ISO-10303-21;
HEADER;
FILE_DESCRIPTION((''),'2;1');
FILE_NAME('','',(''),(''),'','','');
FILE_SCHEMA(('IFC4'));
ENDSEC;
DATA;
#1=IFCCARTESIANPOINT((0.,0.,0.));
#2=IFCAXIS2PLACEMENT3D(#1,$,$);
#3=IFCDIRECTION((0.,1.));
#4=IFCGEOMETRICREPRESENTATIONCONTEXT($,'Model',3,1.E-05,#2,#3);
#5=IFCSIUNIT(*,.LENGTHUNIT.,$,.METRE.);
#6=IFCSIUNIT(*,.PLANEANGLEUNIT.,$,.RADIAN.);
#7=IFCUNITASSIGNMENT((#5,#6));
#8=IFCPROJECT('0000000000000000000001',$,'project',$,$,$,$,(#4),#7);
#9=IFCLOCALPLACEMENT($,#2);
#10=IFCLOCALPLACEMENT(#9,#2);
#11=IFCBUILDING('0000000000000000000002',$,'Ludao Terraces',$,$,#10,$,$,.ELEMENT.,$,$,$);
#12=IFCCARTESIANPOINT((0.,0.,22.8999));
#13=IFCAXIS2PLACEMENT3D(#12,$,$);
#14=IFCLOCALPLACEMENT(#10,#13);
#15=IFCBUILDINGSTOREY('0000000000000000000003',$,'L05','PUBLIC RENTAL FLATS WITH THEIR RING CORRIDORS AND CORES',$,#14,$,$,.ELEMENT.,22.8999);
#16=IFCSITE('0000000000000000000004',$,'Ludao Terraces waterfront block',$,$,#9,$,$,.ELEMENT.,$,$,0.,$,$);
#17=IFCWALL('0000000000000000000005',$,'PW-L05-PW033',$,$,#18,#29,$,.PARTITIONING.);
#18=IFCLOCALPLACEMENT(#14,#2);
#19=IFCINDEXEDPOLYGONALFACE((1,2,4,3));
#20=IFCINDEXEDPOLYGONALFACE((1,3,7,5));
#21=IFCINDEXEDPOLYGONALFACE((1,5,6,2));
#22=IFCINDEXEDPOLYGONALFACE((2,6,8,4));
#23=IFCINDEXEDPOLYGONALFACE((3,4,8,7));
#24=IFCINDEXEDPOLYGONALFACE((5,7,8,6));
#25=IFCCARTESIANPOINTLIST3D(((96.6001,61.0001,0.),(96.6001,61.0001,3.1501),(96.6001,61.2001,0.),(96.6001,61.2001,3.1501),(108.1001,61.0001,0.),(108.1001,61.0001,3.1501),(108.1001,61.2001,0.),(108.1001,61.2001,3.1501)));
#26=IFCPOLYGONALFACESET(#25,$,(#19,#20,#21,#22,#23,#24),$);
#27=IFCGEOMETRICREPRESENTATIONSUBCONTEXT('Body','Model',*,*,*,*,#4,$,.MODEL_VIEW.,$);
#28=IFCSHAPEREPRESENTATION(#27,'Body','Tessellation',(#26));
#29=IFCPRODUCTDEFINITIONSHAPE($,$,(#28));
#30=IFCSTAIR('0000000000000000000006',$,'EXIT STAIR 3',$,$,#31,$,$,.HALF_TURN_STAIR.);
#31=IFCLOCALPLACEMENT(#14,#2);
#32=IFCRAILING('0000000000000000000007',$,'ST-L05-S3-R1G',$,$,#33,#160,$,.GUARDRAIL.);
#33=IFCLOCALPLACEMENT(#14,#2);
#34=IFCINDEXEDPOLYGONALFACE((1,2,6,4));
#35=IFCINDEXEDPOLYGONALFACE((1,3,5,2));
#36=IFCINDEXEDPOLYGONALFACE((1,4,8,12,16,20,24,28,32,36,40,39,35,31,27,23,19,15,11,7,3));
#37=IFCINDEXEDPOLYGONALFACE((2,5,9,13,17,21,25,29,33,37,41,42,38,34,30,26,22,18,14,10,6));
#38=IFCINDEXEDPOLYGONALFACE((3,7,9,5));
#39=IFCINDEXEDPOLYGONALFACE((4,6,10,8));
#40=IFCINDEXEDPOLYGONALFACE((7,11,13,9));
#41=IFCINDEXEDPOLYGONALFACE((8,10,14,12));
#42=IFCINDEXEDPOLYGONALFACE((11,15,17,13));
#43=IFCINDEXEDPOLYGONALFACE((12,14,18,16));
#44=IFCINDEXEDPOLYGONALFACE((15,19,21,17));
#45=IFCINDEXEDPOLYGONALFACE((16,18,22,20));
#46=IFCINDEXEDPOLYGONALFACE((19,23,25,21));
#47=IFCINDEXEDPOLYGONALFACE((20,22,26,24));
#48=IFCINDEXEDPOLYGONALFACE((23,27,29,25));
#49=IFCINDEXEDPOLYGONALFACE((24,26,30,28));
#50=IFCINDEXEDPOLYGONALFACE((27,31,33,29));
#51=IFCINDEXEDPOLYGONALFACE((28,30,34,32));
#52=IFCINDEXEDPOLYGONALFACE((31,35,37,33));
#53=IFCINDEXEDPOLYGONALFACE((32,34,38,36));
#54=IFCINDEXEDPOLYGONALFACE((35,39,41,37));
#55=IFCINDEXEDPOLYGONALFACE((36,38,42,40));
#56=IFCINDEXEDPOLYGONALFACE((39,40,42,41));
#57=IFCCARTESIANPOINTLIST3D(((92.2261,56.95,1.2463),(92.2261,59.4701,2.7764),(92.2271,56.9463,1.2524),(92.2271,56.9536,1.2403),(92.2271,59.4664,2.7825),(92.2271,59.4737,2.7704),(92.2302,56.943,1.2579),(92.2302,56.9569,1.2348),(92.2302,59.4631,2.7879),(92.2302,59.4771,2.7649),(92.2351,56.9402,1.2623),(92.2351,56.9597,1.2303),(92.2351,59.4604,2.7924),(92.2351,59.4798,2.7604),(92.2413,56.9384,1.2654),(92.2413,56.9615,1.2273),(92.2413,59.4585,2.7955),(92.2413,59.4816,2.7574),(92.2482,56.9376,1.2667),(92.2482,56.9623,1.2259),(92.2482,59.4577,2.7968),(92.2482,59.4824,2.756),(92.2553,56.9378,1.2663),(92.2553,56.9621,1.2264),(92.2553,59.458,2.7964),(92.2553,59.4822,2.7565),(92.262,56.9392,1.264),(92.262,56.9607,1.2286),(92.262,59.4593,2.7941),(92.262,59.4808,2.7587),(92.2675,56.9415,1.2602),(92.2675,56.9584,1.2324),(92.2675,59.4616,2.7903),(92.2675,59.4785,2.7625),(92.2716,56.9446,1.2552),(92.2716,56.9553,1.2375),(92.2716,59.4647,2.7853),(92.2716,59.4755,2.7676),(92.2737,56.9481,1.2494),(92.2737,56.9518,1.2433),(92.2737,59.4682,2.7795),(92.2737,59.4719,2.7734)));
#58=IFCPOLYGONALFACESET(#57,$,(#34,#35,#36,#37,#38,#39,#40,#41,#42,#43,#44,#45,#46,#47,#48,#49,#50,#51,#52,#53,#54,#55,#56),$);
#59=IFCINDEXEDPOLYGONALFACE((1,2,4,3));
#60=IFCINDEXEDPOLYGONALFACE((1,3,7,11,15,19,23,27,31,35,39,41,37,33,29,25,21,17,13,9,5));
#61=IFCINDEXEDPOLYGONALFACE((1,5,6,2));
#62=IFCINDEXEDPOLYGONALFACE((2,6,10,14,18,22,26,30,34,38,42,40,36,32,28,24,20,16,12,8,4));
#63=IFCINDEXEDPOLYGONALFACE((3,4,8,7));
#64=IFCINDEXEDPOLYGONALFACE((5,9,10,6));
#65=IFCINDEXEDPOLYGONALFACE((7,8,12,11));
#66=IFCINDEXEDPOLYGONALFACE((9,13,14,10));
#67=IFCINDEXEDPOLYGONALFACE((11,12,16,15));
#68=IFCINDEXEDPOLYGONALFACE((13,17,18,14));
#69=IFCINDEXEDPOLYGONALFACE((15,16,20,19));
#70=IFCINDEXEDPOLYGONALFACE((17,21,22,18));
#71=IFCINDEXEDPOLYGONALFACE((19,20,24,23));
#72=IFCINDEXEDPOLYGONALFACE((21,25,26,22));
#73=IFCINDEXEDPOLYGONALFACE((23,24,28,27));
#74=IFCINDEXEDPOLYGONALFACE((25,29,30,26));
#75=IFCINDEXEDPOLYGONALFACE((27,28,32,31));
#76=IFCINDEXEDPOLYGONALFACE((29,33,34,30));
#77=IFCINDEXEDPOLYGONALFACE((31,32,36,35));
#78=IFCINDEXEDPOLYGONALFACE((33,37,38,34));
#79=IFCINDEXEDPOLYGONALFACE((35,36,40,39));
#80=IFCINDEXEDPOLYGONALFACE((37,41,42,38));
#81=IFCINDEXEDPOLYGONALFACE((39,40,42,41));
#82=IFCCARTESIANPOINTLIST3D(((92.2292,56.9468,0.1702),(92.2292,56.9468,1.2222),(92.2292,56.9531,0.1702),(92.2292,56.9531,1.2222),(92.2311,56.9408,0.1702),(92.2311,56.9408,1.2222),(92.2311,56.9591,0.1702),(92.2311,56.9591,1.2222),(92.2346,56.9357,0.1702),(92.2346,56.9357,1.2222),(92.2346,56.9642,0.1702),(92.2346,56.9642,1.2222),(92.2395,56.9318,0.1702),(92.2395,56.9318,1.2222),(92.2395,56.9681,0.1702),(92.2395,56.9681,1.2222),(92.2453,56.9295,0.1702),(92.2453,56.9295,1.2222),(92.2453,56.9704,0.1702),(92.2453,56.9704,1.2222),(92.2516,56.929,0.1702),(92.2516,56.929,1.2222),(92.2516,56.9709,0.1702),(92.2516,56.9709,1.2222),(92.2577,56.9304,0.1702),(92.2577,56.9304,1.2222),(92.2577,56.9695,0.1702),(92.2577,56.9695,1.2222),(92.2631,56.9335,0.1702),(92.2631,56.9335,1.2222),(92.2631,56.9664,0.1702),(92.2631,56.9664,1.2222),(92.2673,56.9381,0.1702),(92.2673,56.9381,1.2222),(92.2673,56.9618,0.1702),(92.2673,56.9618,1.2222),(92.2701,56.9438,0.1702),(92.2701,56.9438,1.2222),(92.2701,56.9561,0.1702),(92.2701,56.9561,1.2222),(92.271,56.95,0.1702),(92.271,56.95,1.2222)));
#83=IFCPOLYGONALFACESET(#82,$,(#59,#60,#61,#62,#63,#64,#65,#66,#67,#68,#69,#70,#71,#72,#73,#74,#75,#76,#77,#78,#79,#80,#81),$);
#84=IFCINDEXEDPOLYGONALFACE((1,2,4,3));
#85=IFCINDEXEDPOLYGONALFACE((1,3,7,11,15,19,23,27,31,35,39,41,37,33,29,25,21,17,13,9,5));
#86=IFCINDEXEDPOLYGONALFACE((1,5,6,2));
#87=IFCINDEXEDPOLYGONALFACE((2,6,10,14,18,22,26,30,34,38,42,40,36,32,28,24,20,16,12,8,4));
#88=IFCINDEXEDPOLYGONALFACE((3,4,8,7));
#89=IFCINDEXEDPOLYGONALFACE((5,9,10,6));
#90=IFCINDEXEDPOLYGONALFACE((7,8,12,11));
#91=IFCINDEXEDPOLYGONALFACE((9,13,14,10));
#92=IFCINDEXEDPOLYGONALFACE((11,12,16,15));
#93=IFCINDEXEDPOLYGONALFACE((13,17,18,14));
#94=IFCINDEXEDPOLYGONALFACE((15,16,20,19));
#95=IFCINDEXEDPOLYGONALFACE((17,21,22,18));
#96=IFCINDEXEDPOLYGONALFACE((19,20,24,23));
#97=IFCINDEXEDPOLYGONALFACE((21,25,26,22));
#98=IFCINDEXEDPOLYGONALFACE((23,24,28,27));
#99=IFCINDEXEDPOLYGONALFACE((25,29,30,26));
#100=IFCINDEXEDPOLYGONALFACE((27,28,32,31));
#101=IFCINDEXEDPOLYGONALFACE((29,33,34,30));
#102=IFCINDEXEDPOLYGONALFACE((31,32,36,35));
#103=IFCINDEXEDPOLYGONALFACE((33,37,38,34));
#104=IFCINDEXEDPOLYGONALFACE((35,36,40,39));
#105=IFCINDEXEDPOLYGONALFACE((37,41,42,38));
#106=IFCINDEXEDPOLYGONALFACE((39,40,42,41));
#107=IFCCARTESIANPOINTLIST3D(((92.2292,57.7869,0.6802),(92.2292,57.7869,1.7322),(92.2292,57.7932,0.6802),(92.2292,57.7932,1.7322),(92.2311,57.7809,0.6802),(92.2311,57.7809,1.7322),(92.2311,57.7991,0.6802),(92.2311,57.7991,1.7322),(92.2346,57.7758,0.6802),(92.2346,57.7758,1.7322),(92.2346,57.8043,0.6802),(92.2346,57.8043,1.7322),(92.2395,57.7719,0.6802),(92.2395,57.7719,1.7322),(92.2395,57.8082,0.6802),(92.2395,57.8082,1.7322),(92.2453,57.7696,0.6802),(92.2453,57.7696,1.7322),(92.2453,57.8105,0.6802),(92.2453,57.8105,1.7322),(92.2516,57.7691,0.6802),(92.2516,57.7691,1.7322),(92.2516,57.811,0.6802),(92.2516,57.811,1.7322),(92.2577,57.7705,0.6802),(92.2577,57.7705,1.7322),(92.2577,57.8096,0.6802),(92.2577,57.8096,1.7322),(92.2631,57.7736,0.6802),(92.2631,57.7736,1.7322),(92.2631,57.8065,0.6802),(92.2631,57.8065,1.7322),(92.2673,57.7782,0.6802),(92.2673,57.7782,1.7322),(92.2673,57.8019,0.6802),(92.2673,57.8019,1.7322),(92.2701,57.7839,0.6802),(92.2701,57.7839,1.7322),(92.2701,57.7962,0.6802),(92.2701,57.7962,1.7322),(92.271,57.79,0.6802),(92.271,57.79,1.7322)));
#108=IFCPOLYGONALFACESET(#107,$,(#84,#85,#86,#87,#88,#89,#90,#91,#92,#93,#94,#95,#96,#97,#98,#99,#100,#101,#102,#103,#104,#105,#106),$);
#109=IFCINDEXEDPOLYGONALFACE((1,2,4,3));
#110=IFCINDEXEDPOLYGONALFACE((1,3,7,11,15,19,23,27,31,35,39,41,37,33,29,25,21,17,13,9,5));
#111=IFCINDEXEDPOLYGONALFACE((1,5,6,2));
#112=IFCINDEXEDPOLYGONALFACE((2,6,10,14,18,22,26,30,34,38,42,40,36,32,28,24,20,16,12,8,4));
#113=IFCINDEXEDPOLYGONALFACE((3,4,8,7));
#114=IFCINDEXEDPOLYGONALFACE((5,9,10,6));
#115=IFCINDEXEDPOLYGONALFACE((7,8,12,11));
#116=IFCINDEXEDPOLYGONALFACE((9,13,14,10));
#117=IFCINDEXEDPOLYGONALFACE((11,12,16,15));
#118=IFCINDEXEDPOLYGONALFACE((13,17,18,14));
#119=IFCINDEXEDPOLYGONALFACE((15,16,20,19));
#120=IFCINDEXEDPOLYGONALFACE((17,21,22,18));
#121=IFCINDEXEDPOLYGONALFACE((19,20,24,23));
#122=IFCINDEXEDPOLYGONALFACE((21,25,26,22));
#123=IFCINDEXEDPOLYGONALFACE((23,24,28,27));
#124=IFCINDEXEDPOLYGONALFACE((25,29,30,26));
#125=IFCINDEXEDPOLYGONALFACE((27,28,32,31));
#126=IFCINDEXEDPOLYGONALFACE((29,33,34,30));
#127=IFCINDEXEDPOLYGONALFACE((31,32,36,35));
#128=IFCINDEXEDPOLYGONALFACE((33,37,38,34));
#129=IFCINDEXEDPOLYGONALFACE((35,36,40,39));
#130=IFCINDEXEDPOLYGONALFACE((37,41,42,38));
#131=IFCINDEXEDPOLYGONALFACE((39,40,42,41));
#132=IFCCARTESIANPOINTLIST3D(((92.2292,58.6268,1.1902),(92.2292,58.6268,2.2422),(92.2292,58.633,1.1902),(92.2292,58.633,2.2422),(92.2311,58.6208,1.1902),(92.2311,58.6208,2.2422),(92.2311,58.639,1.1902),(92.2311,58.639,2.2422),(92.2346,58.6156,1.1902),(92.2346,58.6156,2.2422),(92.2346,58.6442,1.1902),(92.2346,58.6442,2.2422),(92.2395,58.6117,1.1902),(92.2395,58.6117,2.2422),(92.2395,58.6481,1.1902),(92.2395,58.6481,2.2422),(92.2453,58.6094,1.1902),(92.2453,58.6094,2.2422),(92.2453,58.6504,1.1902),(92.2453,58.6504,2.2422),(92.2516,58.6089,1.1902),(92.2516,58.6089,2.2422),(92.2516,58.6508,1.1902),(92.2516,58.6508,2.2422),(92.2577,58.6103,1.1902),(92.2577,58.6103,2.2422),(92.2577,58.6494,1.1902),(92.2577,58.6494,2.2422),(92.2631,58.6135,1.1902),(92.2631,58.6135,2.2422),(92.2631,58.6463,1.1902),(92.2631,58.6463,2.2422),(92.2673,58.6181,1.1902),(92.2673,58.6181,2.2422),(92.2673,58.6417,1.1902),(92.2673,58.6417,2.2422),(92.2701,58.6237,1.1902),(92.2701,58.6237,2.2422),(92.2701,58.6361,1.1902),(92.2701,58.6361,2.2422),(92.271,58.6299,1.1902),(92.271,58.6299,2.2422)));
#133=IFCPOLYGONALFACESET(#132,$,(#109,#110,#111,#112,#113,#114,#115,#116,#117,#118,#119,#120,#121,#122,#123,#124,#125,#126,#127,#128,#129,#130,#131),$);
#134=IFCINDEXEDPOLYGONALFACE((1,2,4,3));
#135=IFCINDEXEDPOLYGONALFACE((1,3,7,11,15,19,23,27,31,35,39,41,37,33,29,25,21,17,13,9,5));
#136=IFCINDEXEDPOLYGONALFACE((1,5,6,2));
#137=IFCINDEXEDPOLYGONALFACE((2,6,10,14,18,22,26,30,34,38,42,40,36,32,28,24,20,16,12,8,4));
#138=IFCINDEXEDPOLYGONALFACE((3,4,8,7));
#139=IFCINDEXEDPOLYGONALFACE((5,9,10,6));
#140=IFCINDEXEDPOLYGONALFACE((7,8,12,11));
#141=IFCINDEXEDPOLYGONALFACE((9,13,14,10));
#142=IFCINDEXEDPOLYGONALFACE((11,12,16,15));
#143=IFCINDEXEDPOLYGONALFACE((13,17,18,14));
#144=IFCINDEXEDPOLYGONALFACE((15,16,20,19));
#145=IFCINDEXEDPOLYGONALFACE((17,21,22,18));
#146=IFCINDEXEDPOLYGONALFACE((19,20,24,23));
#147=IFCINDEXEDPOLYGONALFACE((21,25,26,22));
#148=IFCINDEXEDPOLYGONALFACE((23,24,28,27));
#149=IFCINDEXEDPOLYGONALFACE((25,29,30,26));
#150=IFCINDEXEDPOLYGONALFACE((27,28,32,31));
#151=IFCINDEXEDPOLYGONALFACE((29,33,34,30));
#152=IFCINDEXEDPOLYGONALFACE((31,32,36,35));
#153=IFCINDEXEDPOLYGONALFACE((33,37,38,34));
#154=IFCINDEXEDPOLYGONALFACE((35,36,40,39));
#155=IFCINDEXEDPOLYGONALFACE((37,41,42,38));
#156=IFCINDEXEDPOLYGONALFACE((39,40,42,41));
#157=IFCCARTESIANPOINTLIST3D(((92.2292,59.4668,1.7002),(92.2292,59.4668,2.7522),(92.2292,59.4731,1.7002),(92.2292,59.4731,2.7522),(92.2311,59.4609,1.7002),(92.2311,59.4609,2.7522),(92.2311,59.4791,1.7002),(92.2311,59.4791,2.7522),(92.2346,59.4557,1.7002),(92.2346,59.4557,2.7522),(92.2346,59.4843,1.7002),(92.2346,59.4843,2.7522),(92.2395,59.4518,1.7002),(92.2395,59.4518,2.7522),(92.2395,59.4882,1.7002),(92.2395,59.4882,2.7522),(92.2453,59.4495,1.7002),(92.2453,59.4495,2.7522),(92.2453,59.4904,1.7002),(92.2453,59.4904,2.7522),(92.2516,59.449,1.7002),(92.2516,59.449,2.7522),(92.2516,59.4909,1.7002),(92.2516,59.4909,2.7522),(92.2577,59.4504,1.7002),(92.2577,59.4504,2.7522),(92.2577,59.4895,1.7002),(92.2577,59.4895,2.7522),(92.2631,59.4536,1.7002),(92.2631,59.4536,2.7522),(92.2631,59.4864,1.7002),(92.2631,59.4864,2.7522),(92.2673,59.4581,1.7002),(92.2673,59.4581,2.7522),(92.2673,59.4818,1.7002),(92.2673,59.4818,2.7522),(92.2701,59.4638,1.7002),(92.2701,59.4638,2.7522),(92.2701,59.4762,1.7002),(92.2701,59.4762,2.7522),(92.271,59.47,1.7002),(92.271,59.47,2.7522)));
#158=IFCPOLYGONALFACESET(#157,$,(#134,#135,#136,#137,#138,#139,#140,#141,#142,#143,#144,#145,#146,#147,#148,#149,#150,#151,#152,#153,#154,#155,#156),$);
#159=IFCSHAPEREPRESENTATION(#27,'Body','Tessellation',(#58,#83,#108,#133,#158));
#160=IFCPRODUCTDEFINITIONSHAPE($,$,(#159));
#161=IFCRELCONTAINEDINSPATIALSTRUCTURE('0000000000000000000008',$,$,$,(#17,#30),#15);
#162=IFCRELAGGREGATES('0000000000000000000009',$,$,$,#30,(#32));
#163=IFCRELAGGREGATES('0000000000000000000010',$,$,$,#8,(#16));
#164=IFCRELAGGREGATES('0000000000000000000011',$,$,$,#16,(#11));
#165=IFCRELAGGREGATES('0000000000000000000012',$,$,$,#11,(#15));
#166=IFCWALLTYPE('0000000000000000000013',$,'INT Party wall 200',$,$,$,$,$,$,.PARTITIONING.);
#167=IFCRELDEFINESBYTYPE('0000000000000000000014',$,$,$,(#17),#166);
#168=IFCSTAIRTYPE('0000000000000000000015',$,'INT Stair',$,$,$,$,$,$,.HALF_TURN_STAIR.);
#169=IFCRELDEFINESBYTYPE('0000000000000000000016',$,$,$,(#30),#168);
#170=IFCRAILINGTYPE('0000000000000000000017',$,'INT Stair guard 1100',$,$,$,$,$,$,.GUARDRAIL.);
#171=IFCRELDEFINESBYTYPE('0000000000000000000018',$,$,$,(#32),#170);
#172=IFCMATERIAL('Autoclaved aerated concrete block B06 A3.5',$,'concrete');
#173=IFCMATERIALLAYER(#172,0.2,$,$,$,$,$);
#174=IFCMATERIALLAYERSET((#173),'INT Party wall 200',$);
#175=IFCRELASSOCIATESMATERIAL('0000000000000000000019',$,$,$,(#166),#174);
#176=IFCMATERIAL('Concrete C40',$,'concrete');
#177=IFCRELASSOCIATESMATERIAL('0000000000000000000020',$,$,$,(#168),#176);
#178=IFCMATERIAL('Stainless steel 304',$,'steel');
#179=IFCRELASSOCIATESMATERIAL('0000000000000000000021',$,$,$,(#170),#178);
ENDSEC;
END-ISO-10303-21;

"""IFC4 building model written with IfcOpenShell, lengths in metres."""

from ifc_helpers import new_model, si_unit, direction, frame, frame_2d, origin, origin_2d, place, context, subcontext, project, spatial, rectangle, circle, extrude, material, layer, layer_set, type_object, element, aggregate, save


model = new_model("IFC4")

# Units and contexts
model_context = context("Model", 3, precision=1e-05, world=origin(), true_north=direction((0.0, 1.0)))
body_context = subcontext(model_context, "Body", "Model", "MODEL_VIEW")
ifc_project = project(units=[si_unit("LENGTHUNIT", "METRE"), si_unit("PLANEANGLEUNIT", "RADIAN")], contexts=[model_context])

# Site, building, storey
site_placement = place(None, origin())
site = spatial("IfcSite", under=ifc_project, at=site_placement, Name="Ludao Terraces waterfront block", CompositionType="ELEMENT", RefElevation=0.0)
building_placement = place(site_placement, origin())
building = spatial("IfcBuilding", under=site, at=building_placement, Name="Ludao Terraces", CompositionType="ELEMENT")
storey_placement = place(building_placement, frame((0.0, 0.0, 22.8999)))
storey = spatial("IfcBuildingStorey", under=building, at=storey_placement, Name="L05", Description="PUBLIC RENTAL FLATS WITH THEIR RING CORRIDORS AND CORES", CompositionType="ELEMENT", Elevation=22.8999)

# Wall
ifc_material_1 = material(Name="Autoclaved aerated concrete block B06 A3.5", Category="concrete")
ifc_layer_1 = layer(ifc_material_1, 0.2)
ifc_layer_set_1 = layer_set([ifc_layer_1], Name="INT Party wall 200")
wall_type_1 = type_object("IfcWallType", Name="INT Party wall 200", PredefinedType="PARTITIONING", material=ifc_layer_set_1)
wall_1_placement = place(storey_placement, frame((96.6001, 61.1001, 0.0), z_axis=(0.0, 0.0, 1.0), x_axis=(1.0, 0.0, 0.0)))
element("IfcWall", 1, at=wall_1_placement, inside=storey, type_object=wall_type_1, Name="PW-L05-PW033", PredefinedType="PARTITIONING", context=body_context, shape_type="SweptSolid", body=[
    extrude(rectangle(XDim=11.5, YDim=0.2, at=frame_2d((5.75, 0.0))), origin(), (0.0, 0.0, 1.0), 3.1501),
])

# Stair, railing
ifc_material_2 = material(Name="Concrete C40", Category="concrete")
stair_type = type_object("IfcStairType", Name="INT Stair", PredefinedType="HALF_TURN_STAIR", material=ifc_material_2)
stair_placement = place(storey_placement, origin())
stair = element("IfcStair", 2, at=stair_placement, inside=storey, type_object=stair_type, Name="EXIT STAIR 3", PredefinedType="HALF_TURN_STAIR")
ifc_material_3 = material(Name="Stainless steel 304", Category="steel")
railing_type_1 = type_object("IfcRailingType", Name="INT Stair guard 1100", PredefinedType="GUARDRAIL", material=ifc_material_3)
railing_1_placement = place(storey_placement, frame((92.25, 56.95, 0.1702)))
railing_1 = element("IfcRailing", 3, at=railing_1_placement, type_object=railing_type_1, Name="ST-L05-S3-R1G", PredefinedType="GUARDRAIL", context=body_context, shape_type="SweptSolid", body=[
    extrude(circle(Radius=0.0239, at=origin_2d()), frame((0.0, 0.0, 1.0762), z_axis=(0.0, 0.854785, 0.518982), x_axis=(-1.0, 0.0, 0.0)), (0.0, 0.0, 1.0), 2.9482),
    extrude(circle(Radius=0.021, at=origin_2d()), origin(), (0.0, 0.0, 1.0), 1.052),
    extrude(circle(Radius=0.021, at=origin_2d()), frame((0.0, 0.8401, 0.51)), (0.0, 0.0, 1.0), 1.052),
    extrude(circle(Radius=0.021, at=origin_2d()), frame((0.0, 1.6799, 1.02)), (0.0, 0.0, 1.0), 1.052),
    extrude(circle(Radius=0.021, at=origin_2d()), frame((0.0, 2.52, 1.53)), (0.0, 0.0, 1.0), 1.052),
])
aggregate(stair, [railing_1])

save(model, "model.ifc")
